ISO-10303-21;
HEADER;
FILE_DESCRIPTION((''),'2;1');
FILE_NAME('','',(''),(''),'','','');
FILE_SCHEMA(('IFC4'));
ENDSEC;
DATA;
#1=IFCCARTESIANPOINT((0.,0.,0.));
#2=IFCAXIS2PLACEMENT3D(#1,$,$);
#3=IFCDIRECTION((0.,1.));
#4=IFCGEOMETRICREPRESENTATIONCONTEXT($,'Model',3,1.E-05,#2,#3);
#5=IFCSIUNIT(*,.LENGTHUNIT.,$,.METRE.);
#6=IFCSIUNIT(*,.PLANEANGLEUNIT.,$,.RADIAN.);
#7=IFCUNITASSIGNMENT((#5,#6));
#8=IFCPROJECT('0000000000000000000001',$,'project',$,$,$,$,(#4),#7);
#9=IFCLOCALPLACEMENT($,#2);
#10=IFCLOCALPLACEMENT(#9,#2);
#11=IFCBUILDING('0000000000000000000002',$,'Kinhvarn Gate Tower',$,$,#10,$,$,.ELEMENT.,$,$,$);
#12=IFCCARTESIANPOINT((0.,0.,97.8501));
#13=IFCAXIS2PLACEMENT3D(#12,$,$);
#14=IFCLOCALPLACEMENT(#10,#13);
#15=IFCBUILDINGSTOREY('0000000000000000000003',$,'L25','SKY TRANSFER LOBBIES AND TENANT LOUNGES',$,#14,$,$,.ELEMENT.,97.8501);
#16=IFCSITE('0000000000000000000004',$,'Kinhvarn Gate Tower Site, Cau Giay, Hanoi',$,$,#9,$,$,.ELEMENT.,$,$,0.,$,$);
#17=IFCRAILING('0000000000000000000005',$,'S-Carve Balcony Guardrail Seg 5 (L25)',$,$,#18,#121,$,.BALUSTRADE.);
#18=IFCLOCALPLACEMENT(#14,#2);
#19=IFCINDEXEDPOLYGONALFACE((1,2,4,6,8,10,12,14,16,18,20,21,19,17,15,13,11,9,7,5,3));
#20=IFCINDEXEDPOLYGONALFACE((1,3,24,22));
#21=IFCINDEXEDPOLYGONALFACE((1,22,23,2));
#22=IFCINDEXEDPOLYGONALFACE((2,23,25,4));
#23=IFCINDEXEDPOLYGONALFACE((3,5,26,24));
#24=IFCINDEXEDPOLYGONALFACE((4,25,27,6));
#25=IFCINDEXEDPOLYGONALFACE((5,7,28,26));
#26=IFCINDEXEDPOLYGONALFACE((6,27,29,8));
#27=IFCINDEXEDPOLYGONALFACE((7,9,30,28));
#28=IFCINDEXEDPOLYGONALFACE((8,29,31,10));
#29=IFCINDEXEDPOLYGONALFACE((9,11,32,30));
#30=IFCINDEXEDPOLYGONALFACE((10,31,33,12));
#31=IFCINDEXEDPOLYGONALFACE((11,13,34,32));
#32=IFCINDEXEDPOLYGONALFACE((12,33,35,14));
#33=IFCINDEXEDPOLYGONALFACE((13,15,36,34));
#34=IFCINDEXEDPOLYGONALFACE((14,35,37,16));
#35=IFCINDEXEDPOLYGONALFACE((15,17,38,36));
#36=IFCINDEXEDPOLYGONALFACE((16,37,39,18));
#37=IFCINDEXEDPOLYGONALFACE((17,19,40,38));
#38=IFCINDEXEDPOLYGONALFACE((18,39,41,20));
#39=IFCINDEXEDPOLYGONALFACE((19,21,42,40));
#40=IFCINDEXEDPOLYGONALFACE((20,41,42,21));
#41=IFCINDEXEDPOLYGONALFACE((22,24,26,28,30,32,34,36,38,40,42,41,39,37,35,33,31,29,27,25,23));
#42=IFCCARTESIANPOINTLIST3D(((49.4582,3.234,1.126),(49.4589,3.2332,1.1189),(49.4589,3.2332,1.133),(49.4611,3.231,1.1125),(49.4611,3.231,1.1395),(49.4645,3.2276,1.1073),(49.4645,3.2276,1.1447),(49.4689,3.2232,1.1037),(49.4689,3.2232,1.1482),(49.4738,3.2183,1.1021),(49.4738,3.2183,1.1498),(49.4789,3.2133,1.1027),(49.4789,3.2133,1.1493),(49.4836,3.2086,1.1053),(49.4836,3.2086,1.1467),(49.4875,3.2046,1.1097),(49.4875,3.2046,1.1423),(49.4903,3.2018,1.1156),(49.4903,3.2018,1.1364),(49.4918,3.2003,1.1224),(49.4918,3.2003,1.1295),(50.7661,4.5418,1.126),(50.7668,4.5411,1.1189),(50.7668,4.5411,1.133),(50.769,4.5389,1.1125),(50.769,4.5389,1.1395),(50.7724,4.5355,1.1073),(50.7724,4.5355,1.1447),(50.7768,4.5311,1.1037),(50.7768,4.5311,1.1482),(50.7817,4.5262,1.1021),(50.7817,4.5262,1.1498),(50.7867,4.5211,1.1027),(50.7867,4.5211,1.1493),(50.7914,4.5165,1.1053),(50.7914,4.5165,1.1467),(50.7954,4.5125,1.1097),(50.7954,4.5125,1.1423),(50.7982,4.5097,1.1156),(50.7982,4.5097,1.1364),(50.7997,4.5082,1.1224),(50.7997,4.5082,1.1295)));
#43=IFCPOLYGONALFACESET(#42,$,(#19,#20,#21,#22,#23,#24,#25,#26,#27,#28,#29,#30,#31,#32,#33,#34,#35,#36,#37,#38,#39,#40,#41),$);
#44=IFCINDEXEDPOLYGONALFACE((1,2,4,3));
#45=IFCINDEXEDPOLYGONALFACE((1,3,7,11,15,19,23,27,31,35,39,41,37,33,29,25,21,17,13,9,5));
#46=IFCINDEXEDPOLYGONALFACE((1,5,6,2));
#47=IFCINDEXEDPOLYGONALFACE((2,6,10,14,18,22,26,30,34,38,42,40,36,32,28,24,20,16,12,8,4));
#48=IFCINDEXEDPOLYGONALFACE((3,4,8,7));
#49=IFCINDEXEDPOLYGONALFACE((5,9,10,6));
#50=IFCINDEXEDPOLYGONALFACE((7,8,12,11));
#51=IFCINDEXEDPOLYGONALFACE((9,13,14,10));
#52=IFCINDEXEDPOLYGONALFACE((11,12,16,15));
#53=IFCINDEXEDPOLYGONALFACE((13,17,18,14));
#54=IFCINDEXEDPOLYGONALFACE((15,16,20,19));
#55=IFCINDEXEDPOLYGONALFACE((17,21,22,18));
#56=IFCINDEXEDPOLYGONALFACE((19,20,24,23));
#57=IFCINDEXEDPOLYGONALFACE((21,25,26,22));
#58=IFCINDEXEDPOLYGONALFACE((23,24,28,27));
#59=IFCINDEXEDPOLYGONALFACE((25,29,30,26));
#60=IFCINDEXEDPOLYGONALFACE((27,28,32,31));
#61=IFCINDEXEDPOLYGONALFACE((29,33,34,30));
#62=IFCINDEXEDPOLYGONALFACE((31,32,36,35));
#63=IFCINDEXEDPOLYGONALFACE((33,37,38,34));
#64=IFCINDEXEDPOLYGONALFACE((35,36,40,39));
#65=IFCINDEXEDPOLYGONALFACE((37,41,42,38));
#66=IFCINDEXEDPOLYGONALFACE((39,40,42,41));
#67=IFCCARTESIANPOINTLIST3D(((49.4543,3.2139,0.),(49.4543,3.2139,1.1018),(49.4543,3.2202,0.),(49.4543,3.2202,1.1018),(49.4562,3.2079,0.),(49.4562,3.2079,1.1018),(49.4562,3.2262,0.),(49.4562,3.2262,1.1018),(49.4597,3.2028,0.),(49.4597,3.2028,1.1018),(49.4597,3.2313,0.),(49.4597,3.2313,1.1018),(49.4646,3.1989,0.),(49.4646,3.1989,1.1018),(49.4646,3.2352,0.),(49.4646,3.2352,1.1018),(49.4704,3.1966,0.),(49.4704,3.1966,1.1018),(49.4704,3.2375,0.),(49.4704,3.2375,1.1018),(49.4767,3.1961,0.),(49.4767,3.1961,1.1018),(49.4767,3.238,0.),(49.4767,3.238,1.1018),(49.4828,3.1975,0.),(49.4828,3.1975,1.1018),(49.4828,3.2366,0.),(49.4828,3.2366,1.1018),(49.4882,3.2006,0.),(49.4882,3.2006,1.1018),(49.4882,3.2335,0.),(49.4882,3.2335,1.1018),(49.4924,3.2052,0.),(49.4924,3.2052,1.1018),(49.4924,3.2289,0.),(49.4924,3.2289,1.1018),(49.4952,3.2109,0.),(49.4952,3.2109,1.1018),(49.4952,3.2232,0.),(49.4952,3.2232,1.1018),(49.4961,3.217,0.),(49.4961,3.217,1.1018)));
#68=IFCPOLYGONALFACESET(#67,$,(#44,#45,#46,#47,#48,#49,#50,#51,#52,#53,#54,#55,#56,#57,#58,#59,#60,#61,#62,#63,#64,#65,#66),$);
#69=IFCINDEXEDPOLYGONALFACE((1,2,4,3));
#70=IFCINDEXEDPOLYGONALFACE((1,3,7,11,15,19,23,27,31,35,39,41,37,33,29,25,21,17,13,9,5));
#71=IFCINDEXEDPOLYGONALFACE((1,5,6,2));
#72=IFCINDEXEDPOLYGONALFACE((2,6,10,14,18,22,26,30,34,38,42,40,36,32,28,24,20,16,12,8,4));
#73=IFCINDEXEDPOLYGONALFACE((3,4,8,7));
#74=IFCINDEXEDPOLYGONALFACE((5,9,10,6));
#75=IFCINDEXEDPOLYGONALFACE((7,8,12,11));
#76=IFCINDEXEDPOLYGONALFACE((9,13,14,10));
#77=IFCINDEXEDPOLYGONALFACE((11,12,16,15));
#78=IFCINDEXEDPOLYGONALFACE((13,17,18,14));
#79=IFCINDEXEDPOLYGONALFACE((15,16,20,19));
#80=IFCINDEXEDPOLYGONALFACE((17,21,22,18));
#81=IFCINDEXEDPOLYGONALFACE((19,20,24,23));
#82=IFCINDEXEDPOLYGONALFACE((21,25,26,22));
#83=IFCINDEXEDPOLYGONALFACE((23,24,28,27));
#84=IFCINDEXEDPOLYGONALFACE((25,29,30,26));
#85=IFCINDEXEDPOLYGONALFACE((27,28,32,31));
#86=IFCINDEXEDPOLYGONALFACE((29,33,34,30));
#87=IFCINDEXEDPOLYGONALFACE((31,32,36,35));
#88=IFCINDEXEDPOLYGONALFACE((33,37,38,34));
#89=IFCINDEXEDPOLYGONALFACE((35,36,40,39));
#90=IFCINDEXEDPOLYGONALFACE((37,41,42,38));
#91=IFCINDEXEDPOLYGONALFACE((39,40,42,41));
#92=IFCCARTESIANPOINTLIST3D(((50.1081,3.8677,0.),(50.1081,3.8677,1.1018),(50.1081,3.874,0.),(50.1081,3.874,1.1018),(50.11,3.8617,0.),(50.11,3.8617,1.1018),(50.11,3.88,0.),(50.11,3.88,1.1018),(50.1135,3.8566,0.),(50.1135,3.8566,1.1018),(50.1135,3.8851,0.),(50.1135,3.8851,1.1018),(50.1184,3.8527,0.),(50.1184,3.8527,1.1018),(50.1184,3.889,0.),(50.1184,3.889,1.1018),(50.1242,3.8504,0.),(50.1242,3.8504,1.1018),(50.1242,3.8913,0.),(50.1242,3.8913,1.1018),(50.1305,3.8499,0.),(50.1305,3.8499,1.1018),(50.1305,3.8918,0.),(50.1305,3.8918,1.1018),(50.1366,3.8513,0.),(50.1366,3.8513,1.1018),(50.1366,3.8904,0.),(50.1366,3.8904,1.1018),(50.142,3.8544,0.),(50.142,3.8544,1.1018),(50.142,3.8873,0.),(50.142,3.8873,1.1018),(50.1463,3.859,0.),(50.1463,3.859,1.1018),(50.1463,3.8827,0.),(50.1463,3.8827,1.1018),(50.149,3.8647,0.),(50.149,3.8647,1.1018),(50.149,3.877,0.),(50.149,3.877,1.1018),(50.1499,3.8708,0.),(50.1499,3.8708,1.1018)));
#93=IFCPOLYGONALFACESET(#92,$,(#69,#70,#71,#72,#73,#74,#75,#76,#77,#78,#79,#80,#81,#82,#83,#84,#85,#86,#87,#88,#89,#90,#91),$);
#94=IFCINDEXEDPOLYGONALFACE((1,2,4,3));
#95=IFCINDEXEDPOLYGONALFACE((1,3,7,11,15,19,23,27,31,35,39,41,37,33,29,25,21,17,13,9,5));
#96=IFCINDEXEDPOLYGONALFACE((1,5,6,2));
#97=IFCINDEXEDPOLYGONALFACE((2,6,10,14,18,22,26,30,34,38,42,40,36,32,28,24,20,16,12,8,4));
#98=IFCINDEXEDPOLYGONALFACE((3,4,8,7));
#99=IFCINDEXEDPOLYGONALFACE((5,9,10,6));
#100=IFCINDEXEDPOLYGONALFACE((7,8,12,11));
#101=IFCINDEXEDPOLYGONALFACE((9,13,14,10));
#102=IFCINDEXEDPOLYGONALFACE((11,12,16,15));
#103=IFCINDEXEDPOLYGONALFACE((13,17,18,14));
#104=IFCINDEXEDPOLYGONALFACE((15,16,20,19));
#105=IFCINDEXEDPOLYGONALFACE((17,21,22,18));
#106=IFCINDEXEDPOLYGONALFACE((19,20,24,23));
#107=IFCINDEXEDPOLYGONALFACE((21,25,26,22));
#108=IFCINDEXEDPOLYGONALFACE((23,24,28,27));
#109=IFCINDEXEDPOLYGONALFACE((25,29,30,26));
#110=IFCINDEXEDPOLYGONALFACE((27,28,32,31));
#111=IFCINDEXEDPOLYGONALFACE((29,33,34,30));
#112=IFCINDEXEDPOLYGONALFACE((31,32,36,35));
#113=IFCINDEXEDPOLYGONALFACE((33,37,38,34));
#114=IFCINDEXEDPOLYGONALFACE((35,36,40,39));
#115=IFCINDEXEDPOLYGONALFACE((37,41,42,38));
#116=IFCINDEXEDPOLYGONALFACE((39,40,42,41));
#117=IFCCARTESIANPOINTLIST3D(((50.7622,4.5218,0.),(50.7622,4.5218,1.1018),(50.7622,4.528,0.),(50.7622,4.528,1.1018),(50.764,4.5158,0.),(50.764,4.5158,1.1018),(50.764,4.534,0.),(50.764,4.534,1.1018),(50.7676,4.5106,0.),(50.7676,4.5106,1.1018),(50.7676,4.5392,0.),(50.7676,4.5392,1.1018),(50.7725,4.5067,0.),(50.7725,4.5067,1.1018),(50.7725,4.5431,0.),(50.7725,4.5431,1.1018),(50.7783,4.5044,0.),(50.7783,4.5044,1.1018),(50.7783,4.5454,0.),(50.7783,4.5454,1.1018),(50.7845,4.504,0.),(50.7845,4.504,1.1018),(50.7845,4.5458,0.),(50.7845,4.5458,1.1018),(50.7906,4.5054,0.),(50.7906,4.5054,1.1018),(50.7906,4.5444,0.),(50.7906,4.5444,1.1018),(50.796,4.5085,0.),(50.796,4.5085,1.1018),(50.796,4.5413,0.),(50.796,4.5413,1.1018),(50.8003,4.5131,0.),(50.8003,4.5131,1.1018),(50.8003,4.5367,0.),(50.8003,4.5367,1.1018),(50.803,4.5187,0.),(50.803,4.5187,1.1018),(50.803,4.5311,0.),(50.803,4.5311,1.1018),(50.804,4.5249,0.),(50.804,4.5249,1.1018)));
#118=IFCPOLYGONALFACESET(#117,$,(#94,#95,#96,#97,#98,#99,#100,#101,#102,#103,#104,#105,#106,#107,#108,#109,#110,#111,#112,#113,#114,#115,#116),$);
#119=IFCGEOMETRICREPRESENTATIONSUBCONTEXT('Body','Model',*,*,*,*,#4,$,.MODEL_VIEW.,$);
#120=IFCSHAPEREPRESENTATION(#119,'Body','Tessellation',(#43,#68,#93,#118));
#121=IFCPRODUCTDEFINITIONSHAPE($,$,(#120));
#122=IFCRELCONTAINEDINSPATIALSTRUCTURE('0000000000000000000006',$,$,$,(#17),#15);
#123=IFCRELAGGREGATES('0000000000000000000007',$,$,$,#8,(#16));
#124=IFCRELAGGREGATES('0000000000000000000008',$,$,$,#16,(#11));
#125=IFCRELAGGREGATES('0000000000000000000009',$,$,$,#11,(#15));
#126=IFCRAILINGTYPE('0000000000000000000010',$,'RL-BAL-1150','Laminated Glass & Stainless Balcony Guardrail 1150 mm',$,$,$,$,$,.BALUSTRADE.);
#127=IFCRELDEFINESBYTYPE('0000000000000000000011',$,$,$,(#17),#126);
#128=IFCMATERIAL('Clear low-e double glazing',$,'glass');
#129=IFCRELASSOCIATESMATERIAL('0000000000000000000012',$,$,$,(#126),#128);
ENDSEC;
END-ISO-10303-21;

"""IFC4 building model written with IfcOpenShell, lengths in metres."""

from ifc_helpers import new_model, si_unit, direction, frame, origin, origin_2d, place, context, subcontext, project, spatial, circle, extrude, material, type_object, element, save


model = new_model("IFC4")

# Units and contexts
model_context = context("Model", 3, precision=1e-05, world=origin(), true_north=direction((0.0, 1.0)))
body_context = subcontext(model_context, "Body", "Model", "MODEL_VIEW")
ifc_project = project(units=[si_unit("LENGTHUNIT", "METRE"), si_unit("PLANEANGLEUNIT", "RADIAN")], contexts=[model_context])

# Site, building, storey
site_placement = place(None, origin())
site = spatial("IfcSite", under=ifc_project, at=site_placement, Name="Kinhvarn Gate Tower Site, Cau Giay, Hanoi", CompositionType="ELEMENT", RefElevation=0.0)
building_placement = place(site_placement, origin())
building = spatial("IfcBuilding", under=site, at=building_placement, Name="Kinhvarn Gate Tower", CompositionType="ELEMENT")
storey_placement = place(building_placement, frame((0.0, 0.0, 97.8501)))
storey = spatial("IfcBuildingStorey", under=building, at=storey_placement, Name="L25", Description="SKY TRANSFER LOBBIES AND TENANT LOUNGES", CompositionType="ELEMENT", Elevation=97.8501)

# Shared definitions
ifc_material_1 = material(Name="Clear low-e double glazing", Category="glass")

# Railing
railing_type = type_object("IfcRailingType", Name="RL-BAL-1150", Description="Laminated Glass & Stainless Balcony Guardrail 1150 mm", PredefinedType="BALUSTRADE", material=ifc_material_1)
railing_1_placement = place(storey_placement, frame((49.4751, 3.217, 0.0)))
element("IfcRailing", 1, at=railing_1_placement, inside=storey, type_object=railing_type, Name="S-Carve Balcony Guardrail Seg 5 (L25)", PredefinedType="BALUSTRADE", context=body_context, shape_type="SweptSolid", body=[
    extrude(circle(Radius=0.0239, at=origin_2d()), frame((0.0, 0.0, 1.126), z_axis=(0.707107, 0.707107, 0.0), x_axis=(-0.707107, 0.707107, 0.0)), (0.0, 0.0, 1.0), 1.8496),
    extrude(circle(Radius=0.021, at=origin_2d()), origin(), (0.0, 0.0, 1.0), 1.1018),
    extrude(circle(Radius=0.021, at=origin_2d()), frame((0.6538, 0.6538, 0.0)), (0.0, 0.0, 1.0), 1.1018),
    extrude(circle(Radius=0.021, at=origin_2d()), frame((1.3079, 1.3079, 0.0)), (0.0, 0.0, 1.0), 1.1018),
])

save(model, "model.ifc")
